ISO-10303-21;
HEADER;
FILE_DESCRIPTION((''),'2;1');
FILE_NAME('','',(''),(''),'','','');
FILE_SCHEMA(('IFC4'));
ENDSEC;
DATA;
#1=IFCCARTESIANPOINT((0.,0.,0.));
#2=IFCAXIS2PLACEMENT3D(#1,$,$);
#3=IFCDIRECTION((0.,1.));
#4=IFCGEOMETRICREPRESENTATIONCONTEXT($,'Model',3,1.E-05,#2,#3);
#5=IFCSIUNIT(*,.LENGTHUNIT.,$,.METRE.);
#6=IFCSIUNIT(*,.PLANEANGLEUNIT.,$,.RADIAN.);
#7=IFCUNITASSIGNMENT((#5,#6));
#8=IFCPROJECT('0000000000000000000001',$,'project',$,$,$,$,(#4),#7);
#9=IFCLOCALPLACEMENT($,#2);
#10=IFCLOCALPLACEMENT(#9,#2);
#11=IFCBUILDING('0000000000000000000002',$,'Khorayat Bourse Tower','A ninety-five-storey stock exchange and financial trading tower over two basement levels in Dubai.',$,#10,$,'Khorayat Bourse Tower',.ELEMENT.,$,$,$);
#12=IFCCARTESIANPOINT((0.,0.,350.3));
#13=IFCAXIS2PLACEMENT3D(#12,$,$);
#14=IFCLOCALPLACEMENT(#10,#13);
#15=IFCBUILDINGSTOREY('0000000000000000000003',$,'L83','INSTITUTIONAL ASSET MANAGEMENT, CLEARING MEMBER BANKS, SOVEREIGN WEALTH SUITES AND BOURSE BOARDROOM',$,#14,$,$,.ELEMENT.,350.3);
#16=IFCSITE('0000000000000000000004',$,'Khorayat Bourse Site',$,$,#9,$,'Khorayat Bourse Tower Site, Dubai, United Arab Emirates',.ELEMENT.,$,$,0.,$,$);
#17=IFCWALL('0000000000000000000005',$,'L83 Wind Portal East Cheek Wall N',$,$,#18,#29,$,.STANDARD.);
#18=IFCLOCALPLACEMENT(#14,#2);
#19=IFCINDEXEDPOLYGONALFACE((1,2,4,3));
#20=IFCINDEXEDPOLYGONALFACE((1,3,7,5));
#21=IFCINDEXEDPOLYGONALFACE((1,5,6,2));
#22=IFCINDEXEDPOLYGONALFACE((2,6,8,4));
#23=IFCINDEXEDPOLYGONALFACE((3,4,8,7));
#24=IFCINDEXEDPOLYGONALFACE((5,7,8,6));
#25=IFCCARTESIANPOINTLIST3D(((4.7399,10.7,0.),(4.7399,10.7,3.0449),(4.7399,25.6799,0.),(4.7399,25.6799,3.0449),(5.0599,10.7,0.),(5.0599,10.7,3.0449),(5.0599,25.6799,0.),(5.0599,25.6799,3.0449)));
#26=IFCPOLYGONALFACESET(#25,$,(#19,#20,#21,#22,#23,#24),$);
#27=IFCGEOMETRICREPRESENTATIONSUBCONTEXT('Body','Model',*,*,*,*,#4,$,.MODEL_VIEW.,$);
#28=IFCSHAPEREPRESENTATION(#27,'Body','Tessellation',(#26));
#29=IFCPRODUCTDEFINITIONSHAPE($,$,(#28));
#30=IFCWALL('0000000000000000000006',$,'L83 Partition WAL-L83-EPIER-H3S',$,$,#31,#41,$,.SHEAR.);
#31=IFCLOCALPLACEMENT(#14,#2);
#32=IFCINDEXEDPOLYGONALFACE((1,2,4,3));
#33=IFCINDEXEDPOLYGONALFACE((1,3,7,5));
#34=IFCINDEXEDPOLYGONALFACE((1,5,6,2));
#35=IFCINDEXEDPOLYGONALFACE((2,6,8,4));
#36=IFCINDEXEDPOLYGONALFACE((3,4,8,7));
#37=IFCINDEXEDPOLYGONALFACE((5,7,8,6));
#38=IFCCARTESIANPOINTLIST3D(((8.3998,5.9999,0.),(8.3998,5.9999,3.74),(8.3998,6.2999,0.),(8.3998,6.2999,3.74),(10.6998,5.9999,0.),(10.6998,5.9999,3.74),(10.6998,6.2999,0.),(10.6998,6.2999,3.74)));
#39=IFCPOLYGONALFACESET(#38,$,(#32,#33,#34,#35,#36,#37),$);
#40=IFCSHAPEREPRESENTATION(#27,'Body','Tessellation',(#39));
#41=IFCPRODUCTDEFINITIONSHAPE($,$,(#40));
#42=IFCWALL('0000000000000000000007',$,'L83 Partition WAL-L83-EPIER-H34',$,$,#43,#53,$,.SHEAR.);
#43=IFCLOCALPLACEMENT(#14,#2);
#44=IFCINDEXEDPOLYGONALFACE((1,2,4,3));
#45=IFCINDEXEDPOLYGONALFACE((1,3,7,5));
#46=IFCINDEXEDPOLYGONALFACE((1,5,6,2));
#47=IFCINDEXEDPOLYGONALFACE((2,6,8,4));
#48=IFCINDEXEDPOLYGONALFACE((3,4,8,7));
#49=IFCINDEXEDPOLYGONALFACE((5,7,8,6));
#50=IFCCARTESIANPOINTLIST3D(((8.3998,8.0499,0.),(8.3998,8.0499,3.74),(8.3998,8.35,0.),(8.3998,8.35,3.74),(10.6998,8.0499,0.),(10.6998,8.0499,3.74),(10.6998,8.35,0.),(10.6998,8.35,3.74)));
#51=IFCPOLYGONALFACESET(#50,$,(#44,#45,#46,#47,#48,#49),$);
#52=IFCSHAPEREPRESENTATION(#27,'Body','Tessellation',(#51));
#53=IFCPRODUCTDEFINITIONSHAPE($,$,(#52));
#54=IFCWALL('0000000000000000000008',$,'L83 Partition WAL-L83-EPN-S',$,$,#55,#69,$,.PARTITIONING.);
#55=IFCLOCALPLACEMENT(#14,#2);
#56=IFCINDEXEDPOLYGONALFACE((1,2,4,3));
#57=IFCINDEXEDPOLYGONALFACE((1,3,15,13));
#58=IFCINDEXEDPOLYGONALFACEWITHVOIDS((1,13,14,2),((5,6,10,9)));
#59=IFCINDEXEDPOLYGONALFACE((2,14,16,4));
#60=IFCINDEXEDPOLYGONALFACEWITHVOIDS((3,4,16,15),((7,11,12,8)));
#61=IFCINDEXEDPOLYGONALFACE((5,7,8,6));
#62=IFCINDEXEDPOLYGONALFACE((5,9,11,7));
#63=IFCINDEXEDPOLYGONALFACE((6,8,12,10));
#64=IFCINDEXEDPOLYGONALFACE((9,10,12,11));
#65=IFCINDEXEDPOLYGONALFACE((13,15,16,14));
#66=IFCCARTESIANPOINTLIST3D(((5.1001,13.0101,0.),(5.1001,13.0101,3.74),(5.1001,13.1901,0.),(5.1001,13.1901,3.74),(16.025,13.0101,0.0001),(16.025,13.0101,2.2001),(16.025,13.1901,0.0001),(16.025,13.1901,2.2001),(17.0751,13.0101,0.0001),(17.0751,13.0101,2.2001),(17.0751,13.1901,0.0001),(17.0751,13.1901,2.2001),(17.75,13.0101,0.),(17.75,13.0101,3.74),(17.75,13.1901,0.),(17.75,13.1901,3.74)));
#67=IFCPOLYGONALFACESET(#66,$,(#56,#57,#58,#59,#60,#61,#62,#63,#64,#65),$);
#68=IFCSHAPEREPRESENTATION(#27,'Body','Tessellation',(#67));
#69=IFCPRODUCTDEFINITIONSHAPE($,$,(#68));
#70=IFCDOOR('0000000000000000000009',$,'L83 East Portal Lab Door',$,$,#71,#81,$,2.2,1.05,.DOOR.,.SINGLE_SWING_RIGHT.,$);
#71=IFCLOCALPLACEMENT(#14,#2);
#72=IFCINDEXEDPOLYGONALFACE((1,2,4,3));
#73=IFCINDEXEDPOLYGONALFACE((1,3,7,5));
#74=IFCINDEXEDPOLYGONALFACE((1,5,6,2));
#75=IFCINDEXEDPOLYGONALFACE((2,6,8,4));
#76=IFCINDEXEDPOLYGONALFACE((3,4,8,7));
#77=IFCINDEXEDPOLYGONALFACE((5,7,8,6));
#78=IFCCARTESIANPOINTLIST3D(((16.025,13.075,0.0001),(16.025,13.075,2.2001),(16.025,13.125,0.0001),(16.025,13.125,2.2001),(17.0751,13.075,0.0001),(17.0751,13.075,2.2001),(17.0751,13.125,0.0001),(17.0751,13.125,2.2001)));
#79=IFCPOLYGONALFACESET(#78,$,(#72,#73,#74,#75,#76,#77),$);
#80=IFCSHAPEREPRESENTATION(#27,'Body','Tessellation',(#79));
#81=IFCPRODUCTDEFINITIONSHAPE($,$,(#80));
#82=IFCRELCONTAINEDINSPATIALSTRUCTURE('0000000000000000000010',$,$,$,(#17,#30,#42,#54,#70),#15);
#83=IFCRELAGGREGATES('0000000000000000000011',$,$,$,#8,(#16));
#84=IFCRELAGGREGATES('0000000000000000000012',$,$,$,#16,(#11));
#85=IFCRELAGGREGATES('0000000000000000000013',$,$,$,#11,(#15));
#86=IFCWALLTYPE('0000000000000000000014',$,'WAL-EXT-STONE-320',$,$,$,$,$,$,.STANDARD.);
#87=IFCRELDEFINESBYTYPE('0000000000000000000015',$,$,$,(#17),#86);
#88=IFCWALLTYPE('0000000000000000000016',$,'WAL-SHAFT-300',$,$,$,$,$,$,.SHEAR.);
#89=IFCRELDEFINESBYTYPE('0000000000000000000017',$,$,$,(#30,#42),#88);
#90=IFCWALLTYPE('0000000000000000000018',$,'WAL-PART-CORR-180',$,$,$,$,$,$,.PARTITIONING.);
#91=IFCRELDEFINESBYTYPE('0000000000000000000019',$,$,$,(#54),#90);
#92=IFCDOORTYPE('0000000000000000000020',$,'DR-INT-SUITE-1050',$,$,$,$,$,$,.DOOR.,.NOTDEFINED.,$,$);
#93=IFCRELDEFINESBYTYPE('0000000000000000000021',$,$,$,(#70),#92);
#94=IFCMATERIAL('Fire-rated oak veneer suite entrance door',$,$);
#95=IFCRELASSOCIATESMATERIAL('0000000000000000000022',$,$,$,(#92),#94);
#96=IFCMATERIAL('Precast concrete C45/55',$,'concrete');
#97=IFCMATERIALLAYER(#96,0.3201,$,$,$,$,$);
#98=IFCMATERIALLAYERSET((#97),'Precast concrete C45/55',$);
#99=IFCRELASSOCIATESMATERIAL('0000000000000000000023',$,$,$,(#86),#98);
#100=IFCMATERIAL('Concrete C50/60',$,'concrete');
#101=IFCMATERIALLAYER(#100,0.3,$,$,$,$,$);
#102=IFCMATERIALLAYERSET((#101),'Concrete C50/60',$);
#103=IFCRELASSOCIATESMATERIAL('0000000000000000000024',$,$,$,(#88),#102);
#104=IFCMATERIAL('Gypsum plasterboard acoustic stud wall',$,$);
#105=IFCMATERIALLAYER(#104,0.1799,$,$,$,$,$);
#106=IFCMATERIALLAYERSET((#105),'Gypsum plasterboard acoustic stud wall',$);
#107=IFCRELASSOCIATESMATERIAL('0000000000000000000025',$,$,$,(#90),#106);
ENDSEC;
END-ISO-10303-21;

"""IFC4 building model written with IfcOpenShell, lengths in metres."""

from ifc_helpers import new_model, si_unit, direction, frame, frame_2d, origin, place, context, subcontext, project, spatial, rectangle, extrude, source, transform, mapped, material, layer, layer_set, type_object, element, fill, save


model = new_model("IFC4")

# Units and contexts
model_context = context("Model", 3, precision=1e-05, world=origin(), true_north=direction((0.0, 1.0)))
body_context = subcontext(model_context, "Body", "Model", "MODEL_VIEW")
ifc_project = project(units=[si_unit("LENGTHUNIT", "METRE"), si_unit("PLANEANGLEUNIT", "RADIAN")], contexts=[model_context])

# Site, building, storey
site_placement = place(None, origin())
site = spatial("IfcSite", under=ifc_project, at=site_placement, Name="Khorayat Bourse Site", LongName="Khorayat Bourse Tower Site, Dubai, United Arab Emirates", CompositionType="ELEMENT", RefElevation=0.0)
building_placement = place(site_placement, origin())
building = spatial("IfcBuilding", under=site, at=building_placement, Name="Khorayat Bourse Tower", Description="A ninety-five-storey stock exchange and financial trading tower over two basement levels in Dubai.", LongName="Khorayat Bourse Tower", CompositionType="ELEMENT")
storey_placement = place(building_placement, frame((0.0, 0.0, 350.3)))
storey = spatial("IfcBuildingStorey", under=building, at=storey_placement, Name="L83", Description="INSTITUTIONAL ASSET MANAGEMENT, CLEARING MEMBER BANKS, SOVEREIGN WEALTH SUITES AND BOURSE BOARDROOM", CompositionType="ELEMENT", Elevation=350.3)

# Shared definitions
ifc_material_1 = material(Name="Fire-rated oak veneer suite entrance door")
door_type_1 = type_object("IfcDoorType", Name="DR-INT-SUITE-1050", OperationType="NOTDEFINED", PredefinedType="DOOR", material=ifc_material_1)
shared_shape_1 = source(origin(), body_context, "Body", "SweptSolid", [
    extrude(rectangle(XDim=1.05, YDim=2.2, at=frame_2d((0.5249, 1.1001))), frame((0.0, 0.0249, 0.0), z_axis=(0.0, -1.0, 0.0), x_axis=(1.0, 0.0, 0.0)), (0.0, 0.0, 1.0), 0.05),
])

# Walls
ifc_material_2 = material(Name="Precast concrete C45/55", Category="concrete")
ifc_layer_1 = layer(ifc_material_2, 0.3201)
ifc_layer_set_1 = layer_set([ifc_layer_1], Name="Precast concrete C45/55")
wall_type_1 = type_object("IfcWallType", Name="WAL-EXT-STONE-320", PredefinedType="STANDARD", material=ifc_layer_set_1)
shared_shape_2 = source(origin(), body_context, "Body", "SweptSolid", [
    extrude(rectangle(XDim=14.98, YDim=0.3201, at=frame_2d((7.49, 0.0))), origin(), (0.0, 0.0, 1.0), 3.0449),
])
wall_1_placement = place(storey_placement, frame((4.8999, 10.7, 0.0), z_axis=(0.0, 0.0, 1.0), x_axis=(0.0, 1.0, 0.0)))
element("IfcWall", 1, at=wall_1_placement, inside=storey, type_object=wall_type_1, Name="L83 Wind Portal East Cheek Wall N", PredefinedType="STANDARD", context=body_context, shape_type="MappedRepresentation", body=[
    mapped(shared_shape_2, transform((0.0, 0.0, 0.0), scale=1.0)),
])
ifc_material_3 = material(Name="Concrete C50/60", Category="concrete")
ifc_layer_2 = layer(ifc_material_3, 0.3)
ifc_layer_set_2 = layer_set([ifc_layer_2], Name="Concrete C50/60")
wall_type_2 = type_object("IfcWallType", Name="WAL-SHAFT-300", PredefinedType="SHEAR", material=ifc_layer_set_2)
shared_shape_3 = source(origin(), body_context, "Body", "SweptSolid", [
    extrude(rectangle(XDim=2.3, YDim=0.3, at=frame_2d((1.1499, 0.0))), origin(), (0.0, 0.0, 1.0), 3.74),
])
for number, where, z_axis, x_axis, name in (
    (2, (8.3999, 6.1499, 0.0), (0.0, 0.0, 1.0), (1.0, 0.0, 0.0), "L83 Partition WAL-L83-EPIER-H3S"),
    (3, (8.3999, 8.2, 0.0), (0.0, 0.0, 1.0), (1.0, 0.0, 0.0), "L83 Partition WAL-L83-EPIER-H34"),
):
    element("IfcWall", number, at=place(storey_placement, frame(where, z_axis=z_axis, x_axis=x_axis)), inside=storey, type_object=wall_type_2, Name=name, PredefinedType="SHEAR", context=body_context, shape_type="MappedRepresentation", body=[
        mapped(shared_shape_3, transform((0.0, 0.0, 0.0), scale=1.0)),
    ])

# Wall, opening, door
ifc_material_4 = material(Name="Gypsum plasterboard acoustic stud wall")
ifc_layer_3 = layer(ifc_material_4, 0.1799)
ifc_layer_set_3 = layer_set([ifc_layer_3], Name="Gypsum plasterboard acoustic stud wall")
wall_type_3 = type_object("IfcWallType", Name="WAL-PART-CORR-180", PredefinedType="PARTITIONING", material=ifc_layer_set_3)
shared_shape_4 = source(origin(), body_context, "Body", "SweptSolid", [
    extrude(rectangle(XDim=12.6499, YDim=0.1799, at=frame_2d((6.325, 0.0))), origin(), (0.0, 0.0, 1.0), 3.74),
])
wall_2_placement = place(storey_placement, frame((5.1001, 13.1001, 0.0), z_axis=(0.0, 0.0, 1.0), x_axis=(1.0, 0.0, 0.0)))
wall_2 = element("IfcWall", 4, at=wall_2_placement, inside=storey, type_object=wall_type_3, Name="L83 Partition WAL-L83-EPN-S", PredefinedType="PARTITIONING", context=body_context, shape_type="MappedRepresentation", body=[
    mapped(shared_shape_4, transform((0.0, 0.0, 0.0), scale=1.0)),
])
shared_shape_5 = source(origin(), body_context, "Body", "SweptSolid", [
    extrude(rectangle(XDim=1.05, YDim=2.2, at=frame_2d((0.5249, 1.1001))), frame((0.0, 0.0999, 0.0), z_axis=(0.0, -1.0, 0.0), x_axis=(1.0, 0.0, 0.0)), (0.0, 0.0, 1.0), 0.2),
])
opening_1_placement = place(wall_2_placement, frame((10.925, 0.0, 0.0)))
opening_1 = element("IfcOpeningElement", 5, at=opening_1_placement, cuts=wall_2, PredefinedType="OPENING", context=body_context, shape_type="MappedRepresentation", body=[
    mapped(shared_shape_5, transform((0.0, 0.0, 0.0), scale=1.0)),
])
door_1_placement = place(opening_1_placement, origin())
door_1 = element("IfcDoor", 6, at=door_1_placement, inside=storey, type_object=door_type_1, Name="L83 East Portal Lab Door", OperationType="SINGLE_SWING_RIGHT", OverallHeight=2.2, OverallWidth=1.05, PredefinedType="DOOR", context=body_context, shape_type="MappedRepresentation", body=[
    mapped(shared_shape_1, transform((0.0, 0.0, 0.0), scale=1.0)),
])
fill(opening_1, door_1)

save(model, "model.ifc")
